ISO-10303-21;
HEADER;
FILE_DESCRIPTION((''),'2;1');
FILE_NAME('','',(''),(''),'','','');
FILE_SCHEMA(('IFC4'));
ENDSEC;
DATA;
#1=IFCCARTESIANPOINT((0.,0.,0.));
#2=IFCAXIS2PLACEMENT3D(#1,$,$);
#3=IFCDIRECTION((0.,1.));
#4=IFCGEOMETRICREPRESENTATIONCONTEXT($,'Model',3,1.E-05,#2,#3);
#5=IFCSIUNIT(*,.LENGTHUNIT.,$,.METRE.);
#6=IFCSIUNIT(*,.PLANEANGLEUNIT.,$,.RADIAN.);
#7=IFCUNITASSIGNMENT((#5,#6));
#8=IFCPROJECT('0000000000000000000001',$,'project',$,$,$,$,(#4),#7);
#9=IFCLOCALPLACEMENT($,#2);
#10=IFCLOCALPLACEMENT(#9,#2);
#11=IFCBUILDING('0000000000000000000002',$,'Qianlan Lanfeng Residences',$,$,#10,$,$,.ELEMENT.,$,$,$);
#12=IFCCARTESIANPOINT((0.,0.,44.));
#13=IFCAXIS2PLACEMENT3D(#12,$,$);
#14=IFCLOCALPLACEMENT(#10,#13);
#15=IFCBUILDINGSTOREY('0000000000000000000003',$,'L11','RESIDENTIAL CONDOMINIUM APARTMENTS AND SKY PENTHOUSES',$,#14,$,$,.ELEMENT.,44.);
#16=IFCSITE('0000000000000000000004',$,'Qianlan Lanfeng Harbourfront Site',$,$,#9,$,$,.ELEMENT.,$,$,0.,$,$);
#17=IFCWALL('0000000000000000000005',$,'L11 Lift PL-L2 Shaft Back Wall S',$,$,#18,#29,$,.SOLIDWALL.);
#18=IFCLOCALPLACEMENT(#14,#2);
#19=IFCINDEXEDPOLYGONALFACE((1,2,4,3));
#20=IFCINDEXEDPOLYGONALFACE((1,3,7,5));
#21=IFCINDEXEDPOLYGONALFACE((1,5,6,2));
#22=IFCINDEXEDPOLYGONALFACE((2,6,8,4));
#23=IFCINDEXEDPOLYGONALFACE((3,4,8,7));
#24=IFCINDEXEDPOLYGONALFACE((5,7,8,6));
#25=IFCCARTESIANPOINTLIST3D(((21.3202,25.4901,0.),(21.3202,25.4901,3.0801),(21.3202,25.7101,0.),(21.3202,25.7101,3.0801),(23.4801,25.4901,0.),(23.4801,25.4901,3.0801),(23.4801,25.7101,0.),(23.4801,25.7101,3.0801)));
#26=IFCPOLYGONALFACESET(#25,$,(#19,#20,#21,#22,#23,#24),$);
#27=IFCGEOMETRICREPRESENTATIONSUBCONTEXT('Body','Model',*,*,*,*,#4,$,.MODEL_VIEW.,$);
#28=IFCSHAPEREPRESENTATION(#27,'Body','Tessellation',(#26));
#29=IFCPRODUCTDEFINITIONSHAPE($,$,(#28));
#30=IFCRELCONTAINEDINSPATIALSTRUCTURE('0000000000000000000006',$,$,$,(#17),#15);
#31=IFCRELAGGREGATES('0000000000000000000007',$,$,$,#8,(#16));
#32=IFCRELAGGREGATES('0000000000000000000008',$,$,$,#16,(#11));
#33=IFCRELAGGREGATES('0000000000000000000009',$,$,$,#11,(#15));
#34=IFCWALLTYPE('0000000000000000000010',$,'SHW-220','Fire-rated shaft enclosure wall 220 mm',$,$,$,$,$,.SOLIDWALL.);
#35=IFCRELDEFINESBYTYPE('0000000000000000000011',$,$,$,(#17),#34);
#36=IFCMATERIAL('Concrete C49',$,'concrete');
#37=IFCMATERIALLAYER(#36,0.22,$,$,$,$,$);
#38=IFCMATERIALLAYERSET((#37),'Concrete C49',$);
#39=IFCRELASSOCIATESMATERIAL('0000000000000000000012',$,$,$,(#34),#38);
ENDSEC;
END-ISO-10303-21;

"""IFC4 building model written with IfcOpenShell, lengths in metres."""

from ifc_helpers import new_model, si_unit, direction, frame, frame_2d, origin, place, context, subcontext, project, spatial, rectangle, extrude, material, layer, layer_set, type_object, element, save


model = new_model("IFC4")

# Units and contexts
model_context = context("Model", 3, precision=1e-05, world=origin(), true_north=direction((0.0, 1.0)))
body_context = subcontext(model_context, "Body", "Model", "MODEL_VIEW")
ifc_project = project(units=[si_unit("LENGTHUNIT", "METRE"), si_unit("PLANEANGLEUNIT", "RADIAN")], contexts=[model_context])

# Site, building, storey
site_placement = place(None, origin())
site = spatial("IfcSite", under=ifc_project, at=site_placement, Name="Qianlan Lanfeng Harbourfront Site", CompositionType="ELEMENT", RefElevation=0.0)
building_placement = place(site_placement, origin())
building = spatial("IfcBuilding", under=site, at=building_placement, Name="Qianlan Lanfeng Residences", CompositionType="ELEMENT")
storey_placement = place(building_placement, frame((0.0, 0.0, 44.0)))
storey = spatial("IfcBuildingStorey", under=building, at=storey_placement, Name="L11", Description="RESIDENTIAL CONDOMINIUM APARTMENTS AND SKY PENTHOUSES", CompositionType="ELEMENT", Elevation=44.0)

# Wall
ifc_material_1 = material(Name="Concrete C49", Category="concrete")
ifc_layer_1 = layer(ifc_material_1, 0.22)
ifc_layer_set_1 = layer_set([ifc_layer_1], Name="Concrete C49")
wall_type_1 = type_object("IfcWallType", Name="SHW-220", Description="Fire-rated shaft enclosure wall 220 mm", PredefinedType="SOLIDWALL", material=ifc_layer_set_1)
wall_1_placement = place(storey_placement, frame((21.3201, 25.6001, 0.0), z_axis=(0.0, 0.0, 1.0), x_axis=(1.0, 0.0, 0.0)))
element("IfcWall", 1, at=wall_1_placement, inside=storey, type_object=wall_type_1, Name="L11 Lift PL-L2 Shaft Back Wall S", PredefinedType="SOLIDWALL", context=body_context, shape_type="SweptSolid", body=[
    extrude(rectangle(XDim=2.1599, YDim=0.22, at=frame_2d((1.0801, 0.0))), origin(), (0.0, 0.0, 1.0), 3.0801),
])

save(model, "model.ifc")
